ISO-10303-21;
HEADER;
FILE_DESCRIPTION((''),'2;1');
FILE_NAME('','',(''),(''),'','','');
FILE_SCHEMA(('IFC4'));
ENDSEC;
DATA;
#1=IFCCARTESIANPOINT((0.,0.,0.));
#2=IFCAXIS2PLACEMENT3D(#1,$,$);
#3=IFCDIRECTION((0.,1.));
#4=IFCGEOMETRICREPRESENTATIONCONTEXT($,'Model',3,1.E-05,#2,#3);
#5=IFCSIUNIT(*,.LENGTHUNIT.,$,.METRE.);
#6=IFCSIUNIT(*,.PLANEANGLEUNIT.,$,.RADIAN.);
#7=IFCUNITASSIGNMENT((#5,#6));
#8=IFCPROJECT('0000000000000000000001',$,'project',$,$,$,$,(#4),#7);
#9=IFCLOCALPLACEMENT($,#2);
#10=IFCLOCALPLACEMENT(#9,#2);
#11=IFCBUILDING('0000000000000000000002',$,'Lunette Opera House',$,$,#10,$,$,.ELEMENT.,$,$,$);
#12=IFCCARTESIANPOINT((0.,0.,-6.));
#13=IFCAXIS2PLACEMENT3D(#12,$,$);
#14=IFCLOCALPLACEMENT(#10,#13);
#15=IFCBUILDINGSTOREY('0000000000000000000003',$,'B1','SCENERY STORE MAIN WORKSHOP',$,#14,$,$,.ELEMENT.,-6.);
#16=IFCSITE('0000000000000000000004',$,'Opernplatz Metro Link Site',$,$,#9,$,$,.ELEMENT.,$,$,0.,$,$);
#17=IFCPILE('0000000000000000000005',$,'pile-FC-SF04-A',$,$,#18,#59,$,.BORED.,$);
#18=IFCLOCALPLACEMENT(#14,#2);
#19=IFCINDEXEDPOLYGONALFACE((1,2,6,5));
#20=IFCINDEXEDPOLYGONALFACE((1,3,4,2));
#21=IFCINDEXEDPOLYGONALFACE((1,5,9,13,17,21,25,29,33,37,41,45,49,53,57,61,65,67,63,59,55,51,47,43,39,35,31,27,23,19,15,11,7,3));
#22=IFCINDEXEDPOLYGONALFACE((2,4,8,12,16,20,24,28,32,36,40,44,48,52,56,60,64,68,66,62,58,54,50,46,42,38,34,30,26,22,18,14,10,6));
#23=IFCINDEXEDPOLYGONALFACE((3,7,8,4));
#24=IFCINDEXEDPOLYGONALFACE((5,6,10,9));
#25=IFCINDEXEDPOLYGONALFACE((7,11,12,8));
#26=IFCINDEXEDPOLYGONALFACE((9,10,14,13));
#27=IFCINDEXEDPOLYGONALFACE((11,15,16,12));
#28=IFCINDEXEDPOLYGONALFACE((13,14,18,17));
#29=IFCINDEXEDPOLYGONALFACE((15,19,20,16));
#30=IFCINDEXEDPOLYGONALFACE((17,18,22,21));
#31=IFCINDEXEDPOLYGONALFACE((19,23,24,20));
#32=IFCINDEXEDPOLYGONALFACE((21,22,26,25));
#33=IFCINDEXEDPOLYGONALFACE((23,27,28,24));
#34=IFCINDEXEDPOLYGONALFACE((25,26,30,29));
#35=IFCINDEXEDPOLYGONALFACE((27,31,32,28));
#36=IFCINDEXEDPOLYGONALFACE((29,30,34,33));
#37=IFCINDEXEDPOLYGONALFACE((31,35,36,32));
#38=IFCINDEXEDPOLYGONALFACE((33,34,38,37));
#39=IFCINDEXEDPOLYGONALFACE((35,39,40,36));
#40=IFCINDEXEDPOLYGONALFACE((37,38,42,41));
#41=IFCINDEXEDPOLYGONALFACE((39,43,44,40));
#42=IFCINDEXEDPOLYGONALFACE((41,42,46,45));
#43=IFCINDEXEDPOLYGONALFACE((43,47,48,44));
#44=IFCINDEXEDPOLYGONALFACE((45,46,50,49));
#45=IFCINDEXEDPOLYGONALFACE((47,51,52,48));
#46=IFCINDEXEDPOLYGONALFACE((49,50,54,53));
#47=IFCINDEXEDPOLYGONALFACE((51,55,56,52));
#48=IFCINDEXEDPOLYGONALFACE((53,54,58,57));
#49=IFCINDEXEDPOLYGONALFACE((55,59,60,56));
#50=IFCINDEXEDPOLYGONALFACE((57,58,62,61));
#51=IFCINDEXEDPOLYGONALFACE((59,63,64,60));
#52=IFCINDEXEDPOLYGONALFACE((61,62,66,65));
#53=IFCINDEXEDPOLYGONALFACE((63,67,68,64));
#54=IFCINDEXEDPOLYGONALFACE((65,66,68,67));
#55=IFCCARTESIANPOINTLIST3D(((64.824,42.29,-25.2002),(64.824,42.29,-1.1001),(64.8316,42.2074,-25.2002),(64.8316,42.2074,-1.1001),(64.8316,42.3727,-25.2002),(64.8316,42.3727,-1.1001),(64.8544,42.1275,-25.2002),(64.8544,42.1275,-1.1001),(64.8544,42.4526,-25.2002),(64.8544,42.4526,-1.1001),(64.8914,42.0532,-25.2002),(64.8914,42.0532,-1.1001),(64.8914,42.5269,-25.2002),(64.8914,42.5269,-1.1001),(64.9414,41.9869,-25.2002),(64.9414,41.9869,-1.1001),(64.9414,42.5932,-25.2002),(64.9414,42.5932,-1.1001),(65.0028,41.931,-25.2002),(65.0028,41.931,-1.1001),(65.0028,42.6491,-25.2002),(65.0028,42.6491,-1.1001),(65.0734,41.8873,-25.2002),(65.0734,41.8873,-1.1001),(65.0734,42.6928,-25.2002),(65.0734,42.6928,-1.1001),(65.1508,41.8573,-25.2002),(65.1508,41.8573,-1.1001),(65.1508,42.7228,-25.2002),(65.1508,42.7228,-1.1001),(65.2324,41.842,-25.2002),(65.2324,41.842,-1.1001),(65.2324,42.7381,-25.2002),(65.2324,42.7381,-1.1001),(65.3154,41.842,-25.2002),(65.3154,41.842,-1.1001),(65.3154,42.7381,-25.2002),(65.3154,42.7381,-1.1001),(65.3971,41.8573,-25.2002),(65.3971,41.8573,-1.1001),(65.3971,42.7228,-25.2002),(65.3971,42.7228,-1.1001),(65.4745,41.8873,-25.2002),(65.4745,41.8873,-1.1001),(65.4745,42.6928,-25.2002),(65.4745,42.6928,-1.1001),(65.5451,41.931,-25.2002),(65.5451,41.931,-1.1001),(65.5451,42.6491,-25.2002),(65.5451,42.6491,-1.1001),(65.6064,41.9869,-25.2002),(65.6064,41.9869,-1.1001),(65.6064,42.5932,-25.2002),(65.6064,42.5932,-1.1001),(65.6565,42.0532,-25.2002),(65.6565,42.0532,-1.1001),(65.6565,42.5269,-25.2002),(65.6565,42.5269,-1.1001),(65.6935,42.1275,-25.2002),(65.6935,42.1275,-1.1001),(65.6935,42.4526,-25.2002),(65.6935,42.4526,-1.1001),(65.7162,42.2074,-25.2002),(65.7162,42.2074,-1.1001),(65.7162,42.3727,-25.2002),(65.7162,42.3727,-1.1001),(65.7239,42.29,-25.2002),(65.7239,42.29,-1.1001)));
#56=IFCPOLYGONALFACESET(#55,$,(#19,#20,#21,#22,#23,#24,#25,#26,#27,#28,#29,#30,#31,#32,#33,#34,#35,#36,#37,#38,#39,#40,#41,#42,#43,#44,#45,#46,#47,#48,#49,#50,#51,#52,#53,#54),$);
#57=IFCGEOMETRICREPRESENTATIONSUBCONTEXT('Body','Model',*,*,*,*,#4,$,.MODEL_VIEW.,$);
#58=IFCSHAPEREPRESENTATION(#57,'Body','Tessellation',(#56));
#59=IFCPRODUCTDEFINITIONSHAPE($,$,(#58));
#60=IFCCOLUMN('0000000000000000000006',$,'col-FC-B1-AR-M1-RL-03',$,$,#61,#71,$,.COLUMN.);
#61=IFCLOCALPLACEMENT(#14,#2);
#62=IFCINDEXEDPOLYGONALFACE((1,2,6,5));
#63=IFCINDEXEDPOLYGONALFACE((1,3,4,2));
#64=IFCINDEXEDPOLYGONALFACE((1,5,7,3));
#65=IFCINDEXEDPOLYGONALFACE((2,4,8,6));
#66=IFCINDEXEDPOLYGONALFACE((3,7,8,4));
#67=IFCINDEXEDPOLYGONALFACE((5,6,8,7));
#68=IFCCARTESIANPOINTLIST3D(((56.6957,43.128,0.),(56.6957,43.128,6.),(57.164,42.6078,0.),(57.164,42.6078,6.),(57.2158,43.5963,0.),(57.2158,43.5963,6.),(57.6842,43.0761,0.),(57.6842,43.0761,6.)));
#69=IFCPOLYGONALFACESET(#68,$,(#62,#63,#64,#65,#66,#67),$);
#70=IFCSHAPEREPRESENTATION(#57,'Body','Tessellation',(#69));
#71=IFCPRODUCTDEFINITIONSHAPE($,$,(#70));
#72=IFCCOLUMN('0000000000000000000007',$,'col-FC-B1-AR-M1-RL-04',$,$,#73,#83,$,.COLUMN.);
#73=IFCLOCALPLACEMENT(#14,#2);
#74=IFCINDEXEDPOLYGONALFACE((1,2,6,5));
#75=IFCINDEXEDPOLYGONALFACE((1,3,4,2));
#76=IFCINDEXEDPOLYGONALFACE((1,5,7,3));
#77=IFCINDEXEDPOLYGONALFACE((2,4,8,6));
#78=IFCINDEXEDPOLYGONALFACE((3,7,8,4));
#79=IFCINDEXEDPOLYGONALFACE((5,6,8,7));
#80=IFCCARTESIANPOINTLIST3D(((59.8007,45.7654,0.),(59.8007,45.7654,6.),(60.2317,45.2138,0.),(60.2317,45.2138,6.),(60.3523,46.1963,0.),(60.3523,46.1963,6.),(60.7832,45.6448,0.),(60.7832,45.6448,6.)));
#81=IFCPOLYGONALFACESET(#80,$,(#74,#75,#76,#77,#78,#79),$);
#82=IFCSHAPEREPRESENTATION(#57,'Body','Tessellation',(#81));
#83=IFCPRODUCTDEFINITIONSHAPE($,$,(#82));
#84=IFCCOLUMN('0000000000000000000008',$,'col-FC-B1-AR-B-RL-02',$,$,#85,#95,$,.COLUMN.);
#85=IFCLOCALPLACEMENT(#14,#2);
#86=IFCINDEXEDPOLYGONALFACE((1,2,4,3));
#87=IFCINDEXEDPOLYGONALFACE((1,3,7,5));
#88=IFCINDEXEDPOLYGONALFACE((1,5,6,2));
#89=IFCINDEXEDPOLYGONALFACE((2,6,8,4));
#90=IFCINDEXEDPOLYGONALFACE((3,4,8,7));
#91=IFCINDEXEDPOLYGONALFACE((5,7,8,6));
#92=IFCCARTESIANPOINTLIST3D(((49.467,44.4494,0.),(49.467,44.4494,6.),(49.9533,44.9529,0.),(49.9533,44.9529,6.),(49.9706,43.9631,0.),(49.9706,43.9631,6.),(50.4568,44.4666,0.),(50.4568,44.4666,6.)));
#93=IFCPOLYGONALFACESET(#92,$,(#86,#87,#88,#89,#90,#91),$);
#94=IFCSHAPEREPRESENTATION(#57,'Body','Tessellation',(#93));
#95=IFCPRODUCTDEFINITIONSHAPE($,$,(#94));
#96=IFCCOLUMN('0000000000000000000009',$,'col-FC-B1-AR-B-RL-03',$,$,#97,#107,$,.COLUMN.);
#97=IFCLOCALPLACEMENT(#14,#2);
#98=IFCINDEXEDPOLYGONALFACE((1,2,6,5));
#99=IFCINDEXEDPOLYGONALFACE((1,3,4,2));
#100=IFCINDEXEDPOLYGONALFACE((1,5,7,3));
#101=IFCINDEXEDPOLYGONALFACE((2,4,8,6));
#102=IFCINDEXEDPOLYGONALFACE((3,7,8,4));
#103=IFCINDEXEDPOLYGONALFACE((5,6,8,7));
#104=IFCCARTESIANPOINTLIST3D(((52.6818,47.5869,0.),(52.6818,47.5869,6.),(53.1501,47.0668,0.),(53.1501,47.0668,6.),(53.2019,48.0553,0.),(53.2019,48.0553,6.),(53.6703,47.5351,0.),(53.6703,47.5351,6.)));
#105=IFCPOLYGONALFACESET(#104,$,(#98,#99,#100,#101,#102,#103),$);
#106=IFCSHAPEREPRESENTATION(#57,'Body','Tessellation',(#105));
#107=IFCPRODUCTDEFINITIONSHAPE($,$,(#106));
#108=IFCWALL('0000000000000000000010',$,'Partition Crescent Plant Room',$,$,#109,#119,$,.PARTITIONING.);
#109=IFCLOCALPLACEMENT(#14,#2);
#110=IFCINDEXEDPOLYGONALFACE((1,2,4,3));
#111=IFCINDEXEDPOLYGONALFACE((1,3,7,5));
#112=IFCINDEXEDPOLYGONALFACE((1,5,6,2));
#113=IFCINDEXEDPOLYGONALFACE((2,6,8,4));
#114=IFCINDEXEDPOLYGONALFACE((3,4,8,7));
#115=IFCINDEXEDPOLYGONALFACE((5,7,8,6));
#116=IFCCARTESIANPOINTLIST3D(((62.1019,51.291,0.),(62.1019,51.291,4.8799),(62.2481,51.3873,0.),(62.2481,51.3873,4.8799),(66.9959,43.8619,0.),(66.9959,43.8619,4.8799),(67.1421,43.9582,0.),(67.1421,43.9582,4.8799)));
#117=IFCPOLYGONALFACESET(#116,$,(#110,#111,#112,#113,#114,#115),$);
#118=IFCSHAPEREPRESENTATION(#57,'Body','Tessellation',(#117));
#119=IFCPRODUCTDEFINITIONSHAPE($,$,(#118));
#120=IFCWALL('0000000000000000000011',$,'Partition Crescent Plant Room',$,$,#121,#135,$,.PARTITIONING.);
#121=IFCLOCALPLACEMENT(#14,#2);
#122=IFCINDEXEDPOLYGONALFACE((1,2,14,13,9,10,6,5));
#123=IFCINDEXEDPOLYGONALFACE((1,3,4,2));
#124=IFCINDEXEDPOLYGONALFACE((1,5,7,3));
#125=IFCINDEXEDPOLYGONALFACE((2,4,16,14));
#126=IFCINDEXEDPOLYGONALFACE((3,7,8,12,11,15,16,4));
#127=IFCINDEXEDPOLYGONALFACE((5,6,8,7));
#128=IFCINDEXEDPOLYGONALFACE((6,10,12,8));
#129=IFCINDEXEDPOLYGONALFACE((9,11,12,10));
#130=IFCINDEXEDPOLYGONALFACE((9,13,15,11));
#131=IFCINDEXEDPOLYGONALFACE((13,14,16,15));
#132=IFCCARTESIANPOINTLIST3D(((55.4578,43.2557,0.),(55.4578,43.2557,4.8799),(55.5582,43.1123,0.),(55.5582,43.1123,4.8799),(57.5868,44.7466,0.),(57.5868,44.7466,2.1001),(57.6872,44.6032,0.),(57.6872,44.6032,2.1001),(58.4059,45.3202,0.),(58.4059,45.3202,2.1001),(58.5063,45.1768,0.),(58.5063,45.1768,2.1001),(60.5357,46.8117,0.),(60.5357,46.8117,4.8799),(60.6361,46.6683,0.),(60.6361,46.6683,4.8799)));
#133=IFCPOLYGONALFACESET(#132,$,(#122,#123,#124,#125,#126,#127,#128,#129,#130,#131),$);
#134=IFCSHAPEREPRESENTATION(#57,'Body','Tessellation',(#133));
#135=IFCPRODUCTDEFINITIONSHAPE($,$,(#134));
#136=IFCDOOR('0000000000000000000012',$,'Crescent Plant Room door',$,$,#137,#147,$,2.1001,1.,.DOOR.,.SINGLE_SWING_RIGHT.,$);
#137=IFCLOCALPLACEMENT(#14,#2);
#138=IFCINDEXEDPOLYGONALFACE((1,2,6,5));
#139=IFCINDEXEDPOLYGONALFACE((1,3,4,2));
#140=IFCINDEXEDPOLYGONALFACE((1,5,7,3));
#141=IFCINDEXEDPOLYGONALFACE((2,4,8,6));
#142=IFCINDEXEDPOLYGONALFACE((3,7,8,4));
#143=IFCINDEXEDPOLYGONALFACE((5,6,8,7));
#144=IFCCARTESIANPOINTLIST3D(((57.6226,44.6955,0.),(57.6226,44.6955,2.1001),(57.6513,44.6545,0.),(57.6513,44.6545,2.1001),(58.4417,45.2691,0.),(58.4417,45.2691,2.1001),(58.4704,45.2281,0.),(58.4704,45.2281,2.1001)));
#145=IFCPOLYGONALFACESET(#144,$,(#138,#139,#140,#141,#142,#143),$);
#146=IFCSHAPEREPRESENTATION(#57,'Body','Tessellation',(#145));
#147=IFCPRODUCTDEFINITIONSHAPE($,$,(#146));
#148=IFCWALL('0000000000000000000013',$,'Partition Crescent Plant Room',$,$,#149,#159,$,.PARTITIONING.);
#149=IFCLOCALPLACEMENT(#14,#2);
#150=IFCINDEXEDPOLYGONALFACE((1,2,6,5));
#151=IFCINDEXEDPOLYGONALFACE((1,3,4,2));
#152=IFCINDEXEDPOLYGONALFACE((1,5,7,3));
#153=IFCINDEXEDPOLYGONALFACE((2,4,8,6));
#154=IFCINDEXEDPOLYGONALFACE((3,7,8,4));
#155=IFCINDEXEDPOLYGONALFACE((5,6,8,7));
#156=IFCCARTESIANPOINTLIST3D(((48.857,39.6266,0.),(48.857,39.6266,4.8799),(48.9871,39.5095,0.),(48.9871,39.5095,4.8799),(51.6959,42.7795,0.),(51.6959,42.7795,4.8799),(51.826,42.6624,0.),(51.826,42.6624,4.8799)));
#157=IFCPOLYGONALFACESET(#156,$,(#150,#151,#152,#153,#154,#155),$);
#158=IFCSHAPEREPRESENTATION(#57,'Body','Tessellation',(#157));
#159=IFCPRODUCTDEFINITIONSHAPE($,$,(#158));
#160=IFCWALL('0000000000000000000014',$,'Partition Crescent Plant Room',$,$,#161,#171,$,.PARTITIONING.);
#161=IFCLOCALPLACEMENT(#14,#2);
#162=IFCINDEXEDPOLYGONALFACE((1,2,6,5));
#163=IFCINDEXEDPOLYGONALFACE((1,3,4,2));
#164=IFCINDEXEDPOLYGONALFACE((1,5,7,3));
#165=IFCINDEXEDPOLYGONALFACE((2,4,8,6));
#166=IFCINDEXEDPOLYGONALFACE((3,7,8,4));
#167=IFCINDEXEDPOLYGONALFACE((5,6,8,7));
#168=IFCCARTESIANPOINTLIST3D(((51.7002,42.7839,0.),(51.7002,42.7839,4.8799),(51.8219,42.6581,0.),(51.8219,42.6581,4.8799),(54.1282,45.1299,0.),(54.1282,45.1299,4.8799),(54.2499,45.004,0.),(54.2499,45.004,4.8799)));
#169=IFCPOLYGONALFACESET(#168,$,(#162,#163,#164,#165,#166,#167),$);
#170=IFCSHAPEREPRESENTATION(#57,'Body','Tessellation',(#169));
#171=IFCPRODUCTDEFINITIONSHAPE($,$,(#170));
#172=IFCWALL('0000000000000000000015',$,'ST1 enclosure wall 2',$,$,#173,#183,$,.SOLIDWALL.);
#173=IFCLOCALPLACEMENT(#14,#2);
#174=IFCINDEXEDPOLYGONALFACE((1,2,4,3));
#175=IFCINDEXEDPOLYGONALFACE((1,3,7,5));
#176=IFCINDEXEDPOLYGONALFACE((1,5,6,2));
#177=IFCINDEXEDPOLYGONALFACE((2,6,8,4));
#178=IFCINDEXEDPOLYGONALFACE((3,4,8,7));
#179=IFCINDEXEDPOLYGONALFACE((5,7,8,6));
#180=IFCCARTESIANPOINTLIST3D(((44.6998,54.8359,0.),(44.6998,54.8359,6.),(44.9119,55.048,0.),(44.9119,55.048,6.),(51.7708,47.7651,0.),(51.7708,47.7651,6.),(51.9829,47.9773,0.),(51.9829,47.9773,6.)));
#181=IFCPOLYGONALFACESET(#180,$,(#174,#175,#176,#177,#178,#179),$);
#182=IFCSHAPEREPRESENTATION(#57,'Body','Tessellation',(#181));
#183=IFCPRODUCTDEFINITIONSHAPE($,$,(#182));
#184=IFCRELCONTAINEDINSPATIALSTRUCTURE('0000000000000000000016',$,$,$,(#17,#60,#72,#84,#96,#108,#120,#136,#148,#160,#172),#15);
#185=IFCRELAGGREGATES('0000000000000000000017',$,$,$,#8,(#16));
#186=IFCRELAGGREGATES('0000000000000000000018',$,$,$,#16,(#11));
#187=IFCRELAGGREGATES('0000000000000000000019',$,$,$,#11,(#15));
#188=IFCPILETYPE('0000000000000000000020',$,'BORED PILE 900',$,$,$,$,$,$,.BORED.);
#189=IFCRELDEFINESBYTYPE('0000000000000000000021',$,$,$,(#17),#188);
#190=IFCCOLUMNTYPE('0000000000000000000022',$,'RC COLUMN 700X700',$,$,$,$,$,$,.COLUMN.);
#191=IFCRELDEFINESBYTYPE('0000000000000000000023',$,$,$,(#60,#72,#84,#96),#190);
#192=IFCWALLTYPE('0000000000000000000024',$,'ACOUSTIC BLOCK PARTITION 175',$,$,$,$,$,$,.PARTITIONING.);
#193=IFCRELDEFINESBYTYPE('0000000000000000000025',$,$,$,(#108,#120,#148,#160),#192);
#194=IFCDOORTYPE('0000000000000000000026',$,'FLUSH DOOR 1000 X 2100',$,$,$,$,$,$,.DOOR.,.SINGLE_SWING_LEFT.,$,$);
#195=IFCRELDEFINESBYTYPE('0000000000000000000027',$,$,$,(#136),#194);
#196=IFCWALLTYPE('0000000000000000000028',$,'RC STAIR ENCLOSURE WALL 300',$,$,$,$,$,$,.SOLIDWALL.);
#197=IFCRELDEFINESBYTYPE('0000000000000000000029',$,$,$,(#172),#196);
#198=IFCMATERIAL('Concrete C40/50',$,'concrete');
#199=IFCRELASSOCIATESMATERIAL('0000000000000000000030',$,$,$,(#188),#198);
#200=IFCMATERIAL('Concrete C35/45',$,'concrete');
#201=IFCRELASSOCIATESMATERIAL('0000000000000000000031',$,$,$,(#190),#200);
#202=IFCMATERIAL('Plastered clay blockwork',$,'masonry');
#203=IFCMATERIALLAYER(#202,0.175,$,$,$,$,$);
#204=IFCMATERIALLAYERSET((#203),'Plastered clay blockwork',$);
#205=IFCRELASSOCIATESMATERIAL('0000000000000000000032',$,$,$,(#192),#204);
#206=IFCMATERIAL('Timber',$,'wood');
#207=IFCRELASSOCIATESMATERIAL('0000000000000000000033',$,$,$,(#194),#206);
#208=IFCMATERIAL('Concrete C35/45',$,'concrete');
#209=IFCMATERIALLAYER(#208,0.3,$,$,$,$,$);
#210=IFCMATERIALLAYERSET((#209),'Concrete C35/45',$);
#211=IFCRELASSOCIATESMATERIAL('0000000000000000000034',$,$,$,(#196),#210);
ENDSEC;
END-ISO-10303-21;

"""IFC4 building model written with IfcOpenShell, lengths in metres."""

from ifc_helpers import new_model, si_unit, direction, frame, frame_2d, origin, origin_2d, place, context, subcontext, project, spatial, rectangle, circle, extrude, material, layer, layer_set, material_profile, profile_set, type_object, element, fill, save


model = new_model("IFC4")

# Units and contexts
model_context = context("Model", 3, precision=1e-05, world=origin(), true_north=direction((0.0, 1.0)))
body_context = subcontext(model_context, "Body", "Model", "MODEL_VIEW")
ifc_project = project(units=[si_unit("LENGTHUNIT", "METRE"), si_unit("PLANEANGLEUNIT", "RADIAN")], contexts=[model_context])

# Site, building, storey
site_placement = place(None, origin())
site = spatial("IfcSite", under=ifc_project, at=site_placement, Name="Opernplatz Metro Link Site", CompositionType="ELEMENT", RefElevation=0.0)
building_placement = place(site_placement, origin())
building = spatial("IfcBuilding", under=site, at=building_placement, Name="Lunette Opera House", CompositionType="ELEMENT")
storey_placement = place(building_placement, frame((0.0, 0.0, -6.0)))
storey = spatial("IfcBuildingStorey", under=building, at=storey_placement, Name="B1", Description="SCENERY STORE MAIN WORKSHOP", CompositionType="ELEMENT", Elevation=-6.0)

# Pile
ifc_material_1 = material(Name="Concrete C40/50", Category="concrete")
ifc_material_profile_1 = material_profile(ifc_material_1, circle(Radius=0.45, at=origin_2d()), Name="BORED PILE 900")
ifc_profile_set_1 = profile_set([ifc_material_profile_1], Name="Concrete C40/50")
pile_type = type_object("IfcPileType", Name="BORED PILE 900", PredefinedType="BORED", material=ifc_profile_set_1)
for number, where, z_axis, x_axis, name in (
    (1, (65.2739, 42.29, -1.1001), (0.0, 0.0, -1.0), (1.0, 0.0, 0.0), "pile-FC-SF04-A"),
):
    element("IfcPile", number, at=place(storey_placement, frame(where, z_axis=z_axis, x_axis=x_axis)), inside=storey, type_object=pile_type, Name=name, PredefinedType="BORED", context=body_context, shape_type="SweptSolid", body=[
        extrude(circle(Radius=0.45, at=origin_2d()), origin(), (0.0, 0.0, 1.0), 24.1001),
    ])

# Columns
ifc_material_2 = material(Name="Concrete C35/45", Category="concrete")
ifc_material_profile_2 = material_profile(ifc_material_2, rectangle(XDim=0.7, YDim=0.7, at=origin_2d()), Name="RC COLUMN 700X700")
ifc_profile_set_2 = profile_set([ifc_material_profile_2], Name="Concrete C35/45")
column_type = type_object("IfcColumnType", Name="RC COLUMN 700X700", PredefinedType="COLUMN", material=ifc_profile_set_2)
for number, where, z_axis, x_axis, name in (
    (2, (57.1899, 43.1021, 0.0), (0.0, 0.0, 1.0), (0.743145, 0.669131, 0.0), "col-FC-B1-AR-M1-RL-03"),
    (3, (60.292, 45.7051, 0.0), (0.0, 0.0, 1.0), (0.788011, 0.615661, 0.0), "col-FC-B1-AR-M1-RL-04"),
    (4, (49.9619, 44.458, 0.0), (0.0, 0.0, 1.0), (0.694658, 0.71934, 0.0), "col-FC-B1-AR-B-RL-02"),
    (5, (53.176, 47.561, 0.0), (0.0, 0.0, 1.0), (0.743145, 0.669131, 0.0), "col-FC-B1-AR-B-RL-03"),
):
    element("IfcColumn", number, at=place(storey_placement, frame(where, z_axis=z_axis, x_axis=x_axis)), inside=storey, type_object=column_type, Name=name, PredefinedType="COLUMN", context=body_context, shape_type="SweptSolid", body=[
        extrude(rectangle(XDim=0.7, YDim=0.7, at=origin_2d()), origin(), (0.0, 0.0, 1.0), 6.0),
    ])

# Wall
ifc_material_3 = material(Name="Plastered clay blockwork", Category="masonry")
ifc_layer_1 = layer(ifc_material_3, 0.175)
ifc_layer_set_1 = layer_set([ifc_layer_1], Name="Plastered clay blockwork")
wall_type_1 = type_object("IfcWallType", Name="ACOUSTIC BLOCK PARTITION 175", PredefinedType="PARTITIONING", material=ifc_layer_set_1)
wall_1_placement = place(storey_placement, frame((67.0691, 43.9099, 0.0), z_axis=(0.0, 0.0, 1.0), x_axis=(-0.550119, 0.835086, 0.0)))
element("IfcWall", 6, at=wall_1_placement, inside=storey, type_object=wall_type_1, Name="Partition Crescent Plant Room", PredefinedType="PARTITIONING", context=body_context, shape_type="SweptSolid", body=[
    extrude(rectangle(XDim=8.8962, YDim=0.175, at=frame_2d((4.4482, 0.0))), origin(), (0.0, 0.0, 1.0), 4.8799),
])

# Wall, opening, door
wall_2_placement = place(storey_placement, frame((60.5859, 46.74, 0.0), z_axis=(0.0, 0.0, 1.0), x_axis=(-0.819126, -0.573613, 0.0)))
wall_2 = element("IfcWall", 7, at=wall_2_placement, inside=storey, type_object=wall_type_1, Name="Partition Crescent Plant Room", PredefinedType="PARTITIONING", context=body_context, shape_type="SweptSolid", body=[
    extrude(rectangle(XDim=6.1992, YDim=0.175, at=frame_2d((3.0996, 0.0))), origin(), (0.0, 0.0, 1.0), 4.8799),
])
opening_placement = place(wall_2_placement, frame((2.6001, 0.0, 0.0)))
opening = element("IfcOpeningElement", 8, at=opening_placement, cuts=wall_2, PredefinedType="OPENING", context=body_context, shape_type="SweptSolid", body=[
    extrude(rectangle(XDim=1.0, YDim=2.1001, at=frame_2d((0.5, 1.05))), frame((0.0, 0.0996, 0.0), z_axis=(0.0, -1.0, 0.0), x_axis=(1.0, 0.0, 0.0)), (0.0, 0.0, 1.0), 0.199),
])
ifc_material_4 = material(Name="Timber", Category="wood")
door_type = type_object("IfcDoorType", Name="FLUSH DOOR 1000 X 2100", OperationType="SINGLE_SWING_LEFT", PredefinedType="DOOR", material=ifc_material_4)
door_placement = place(opening_placement, origin())
door = element("IfcDoor", 9, at=door_placement, inside=storey, type_object=door_type, Name="Crescent Plant Room door", OperationType="SINGLE_SWING_RIGHT", OverallHeight=2.1001, OverallWidth=1.0, PredefinedType="DOOR", context=body_context, shape_type="SweptSolid", body=[
    extrude(rectangle(XDim=1.0, YDim=2.1001, at=frame_2d((0.5, 1.05))), frame((0.0, 0.0249, 0.0), z_axis=(0.0, -1.0, 0.0), x_axis=(1.0, 0.0, 0.0)), (0.0, 0.0, 1.0), 0.05),
])
fill(opening, door)

# Walls
wall_3_placement = place(storey_placement, frame((51.761, 42.7209, 0.0), z_axis=(0.0, 0.0, 1.0), x_axis=(-0.669136, -0.74314, 0.0)))
element("IfcWall", 10, at=wall_3_placement, inside=storey, type_object=wall_type_1, Name="Partition Crescent Plant Room", PredefinedType="PARTITIONING", context=body_context, shape_type="SweptSolid", body=[
    extrude(rectangle(XDim=4.2427, YDim=0.175, at=frame_2d((2.1213, 0.0))), origin(), (0.0, 0.0, 1.0), 4.8799),
])
wall_4_placement = place(storey_placement, frame((54.189, 45.0669, 0.0), z_axis=(0.0, 0.0, 1.0), x_axis=(-0.719151, -0.694854, 0.0)))
element("IfcWall", 11, at=wall_4_placement, inside=storey, type_object=wall_type_1, Name="Partition Crescent Plant Room", PredefinedType="PARTITIONING", context=body_context, shape_type="SweptSolid", body=[
    extrude(rectangle(XDim=3.3762, YDim=0.175, at=frame_2d((1.688, 0.0))), origin(), (0.0, 0.0, 1.0), 4.8799),
])
ifc_material_5 = material(Name="Concrete C35/45", Category="concrete")
ifc_layer_2 = layer(ifc_material_5, 0.3)
ifc_layer_set_2 = layer_set([ifc_layer_2], Name="Concrete C35/45")
wall_type_2 = type_object("IfcWallType", Name="RC STAIR ENCLOSURE WALL 300", PredefinedType="SOLIDWALL", material=ifc_layer_set_2)
wall_5_placement = place(storey_placement, frame((51.877, 47.8711, 0.0), z_axis=(0.0, 0.0, 1.0), x_axis=(-0.707119, 0.707095, 0.0)))
element("IfcWall", 12, at=wall_5_placement, inside=storey, type_object=wall_type_2, Name="ST1 enclosure wall 2", PredefinedType="SOLIDWALL", context=body_context, shape_type="SweptSolid", body=[
    extrude(rectangle(XDim=9.9998, YDim=0.3, at=frame_2d((5.0, 0.0))), origin(), (0.0, 0.0, 1.0), 6.0),
])

save(model, "model.ifc")
